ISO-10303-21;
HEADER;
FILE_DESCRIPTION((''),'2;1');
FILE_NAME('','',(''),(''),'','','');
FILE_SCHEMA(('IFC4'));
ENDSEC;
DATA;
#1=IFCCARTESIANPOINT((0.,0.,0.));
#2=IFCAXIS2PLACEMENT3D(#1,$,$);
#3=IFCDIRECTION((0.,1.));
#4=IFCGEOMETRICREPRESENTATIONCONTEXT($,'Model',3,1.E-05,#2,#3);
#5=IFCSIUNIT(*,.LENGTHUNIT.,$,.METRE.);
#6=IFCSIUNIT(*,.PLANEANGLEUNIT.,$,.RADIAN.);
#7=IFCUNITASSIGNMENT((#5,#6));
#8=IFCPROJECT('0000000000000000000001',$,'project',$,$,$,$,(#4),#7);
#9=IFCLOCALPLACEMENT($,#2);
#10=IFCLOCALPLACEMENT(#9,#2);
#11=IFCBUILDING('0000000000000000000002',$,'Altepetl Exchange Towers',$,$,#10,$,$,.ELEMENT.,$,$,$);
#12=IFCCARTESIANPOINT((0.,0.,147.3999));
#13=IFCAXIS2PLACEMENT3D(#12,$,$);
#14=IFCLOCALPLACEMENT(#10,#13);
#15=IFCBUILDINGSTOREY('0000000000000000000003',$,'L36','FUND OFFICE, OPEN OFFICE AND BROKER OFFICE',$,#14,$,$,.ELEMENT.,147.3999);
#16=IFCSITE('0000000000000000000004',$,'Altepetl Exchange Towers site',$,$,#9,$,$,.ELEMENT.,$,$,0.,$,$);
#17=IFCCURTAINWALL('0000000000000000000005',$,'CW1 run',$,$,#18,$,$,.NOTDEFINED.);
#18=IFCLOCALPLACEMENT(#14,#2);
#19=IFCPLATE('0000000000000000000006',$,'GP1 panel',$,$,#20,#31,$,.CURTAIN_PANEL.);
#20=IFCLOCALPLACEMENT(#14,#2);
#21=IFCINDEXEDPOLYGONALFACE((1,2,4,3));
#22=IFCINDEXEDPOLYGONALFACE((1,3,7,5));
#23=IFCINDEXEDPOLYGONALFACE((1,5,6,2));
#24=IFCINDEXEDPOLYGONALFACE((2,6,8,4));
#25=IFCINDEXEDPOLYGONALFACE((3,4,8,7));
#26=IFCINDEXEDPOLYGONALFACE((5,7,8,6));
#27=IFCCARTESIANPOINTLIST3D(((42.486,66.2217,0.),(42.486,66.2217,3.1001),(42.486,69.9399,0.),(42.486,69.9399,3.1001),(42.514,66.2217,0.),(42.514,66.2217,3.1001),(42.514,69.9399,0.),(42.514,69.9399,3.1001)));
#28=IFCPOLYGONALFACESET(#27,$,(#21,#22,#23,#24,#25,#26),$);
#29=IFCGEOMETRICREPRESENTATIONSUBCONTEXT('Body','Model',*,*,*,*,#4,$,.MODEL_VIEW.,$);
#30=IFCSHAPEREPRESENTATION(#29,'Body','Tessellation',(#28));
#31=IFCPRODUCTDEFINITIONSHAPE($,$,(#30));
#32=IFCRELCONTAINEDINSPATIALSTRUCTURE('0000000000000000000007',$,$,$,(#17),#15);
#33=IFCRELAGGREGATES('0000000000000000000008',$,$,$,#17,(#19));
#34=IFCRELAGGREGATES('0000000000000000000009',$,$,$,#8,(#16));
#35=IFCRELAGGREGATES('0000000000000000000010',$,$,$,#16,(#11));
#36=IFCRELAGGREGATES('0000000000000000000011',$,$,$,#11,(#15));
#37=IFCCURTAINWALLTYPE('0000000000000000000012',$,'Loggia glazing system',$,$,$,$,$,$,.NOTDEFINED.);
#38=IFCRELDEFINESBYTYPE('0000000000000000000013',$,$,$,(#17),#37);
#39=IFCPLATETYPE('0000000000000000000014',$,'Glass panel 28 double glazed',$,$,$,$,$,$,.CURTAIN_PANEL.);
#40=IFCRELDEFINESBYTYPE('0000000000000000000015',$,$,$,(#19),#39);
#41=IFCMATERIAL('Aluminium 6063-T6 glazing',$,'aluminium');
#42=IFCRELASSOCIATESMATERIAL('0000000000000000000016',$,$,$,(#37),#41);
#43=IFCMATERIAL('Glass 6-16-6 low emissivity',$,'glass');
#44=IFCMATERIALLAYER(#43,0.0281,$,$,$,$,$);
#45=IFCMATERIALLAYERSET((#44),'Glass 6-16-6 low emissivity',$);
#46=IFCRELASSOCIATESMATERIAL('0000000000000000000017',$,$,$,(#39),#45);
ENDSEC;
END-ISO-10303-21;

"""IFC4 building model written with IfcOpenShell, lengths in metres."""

from ifc_helpers import new_model, si_unit, direction, frame, origin, origin_2d, place, context, subcontext, project, spatial, rectangle, extrude, material, layer, layer_set, type_object, element, aggregate, save


model = new_model("IFC4")

# Units and contexts
model_context = context("Model", 3, precision=1e-05, world=origin(), true_north=direction((0.0, 1.0)))
body_context = subcontext(model_context, "Body", "Model", "MODEL_VIEW")
ifc_project = project(units=[si_unit("LENGTHUNIT", "METRE"), si_unit("PLANEANGLEUNIT", "RADIAN")], contexts=[model_context])

# Site, building, storey
site_placement = place(None, origin())
site = spatial("IfcSite", under=ifc_project, at=site_placement, Name="Altepetl Exchange Towers site", CompositionType="ELEMENT", RefElevation=0.0)
building_placement = place(site_placement, origin())
building = spatial("IfcBuilding", under=site, at=building_placement, Name="Altepetl Exchange Towers", CompositionType="ELEMENT")
storey_placement = place(building_placement, frame((0.0, 0.0, 147.3999)))
storey = spatial("IfcBuildingStorey", under=building, at=storey_placement, Name="L36", Description="FUND OFFICE, OPEN OFFICE AND BROKER OFFICE", CompositionType="ELEMENT", Elevation=147.3999)

# Curtain wall
ifc_material_1 = material(Name="Aluminium 6063-T6 glazing", Category="aluminium")
curtain_wall_type = type_object("IfcCurtainWallType", Name="Loggia glazing system", PredefinedType="NOTDEFINED", material=ifc_material_1)
curtain_wall_1_placement = place(storey_placement, origin())
curtain_wall_1 = element("IfcCurtainWall", 1, at=curtain_wall_1_placement, inside=storey, type_object=curtain_wall_type, Name="CW1 run", PredefinedType="NOTDEFINED")

# Plate
ifc_material_2 = material(Name="Glass 6-16-6 low emissivity", Category="glass")
ifc_layer = layer(ifc_material_2, 0.0281)
ifc_layer_set = layer_set([ifc_layer], Name="Glass 6-16-6 low emissivity")
plate_type = type_object("IfcPlateType", Name="Glass panel 28 double glazed", PredefinedType="CURTAIN_PANEL", material=ifc_layer_set)
plate_1_placement = place(storey_placement, frame((42.5, 68.0808, 0.0), z_axis=(0.0, 0.0, 1.0), x_axis=(0.0, -1.0, 0.0)))
plate_1 = element("IfcPlate", 2, at=plate_1_placement, type_object=plate_type, Name="GP1 panel", PredefinedType="CURTAIN_PANEL", context=body_context, shape_type="SweptSolid", body=[
    extrude(rectangle(XDim=3.7183, YDim=0.0281, at=origin_2d()), origin(), (0.0, 0.0, 1.0), 3.1001),
])
aggregate(curtain_wall_1, [plate_1])

save(model, "model.ifc")
